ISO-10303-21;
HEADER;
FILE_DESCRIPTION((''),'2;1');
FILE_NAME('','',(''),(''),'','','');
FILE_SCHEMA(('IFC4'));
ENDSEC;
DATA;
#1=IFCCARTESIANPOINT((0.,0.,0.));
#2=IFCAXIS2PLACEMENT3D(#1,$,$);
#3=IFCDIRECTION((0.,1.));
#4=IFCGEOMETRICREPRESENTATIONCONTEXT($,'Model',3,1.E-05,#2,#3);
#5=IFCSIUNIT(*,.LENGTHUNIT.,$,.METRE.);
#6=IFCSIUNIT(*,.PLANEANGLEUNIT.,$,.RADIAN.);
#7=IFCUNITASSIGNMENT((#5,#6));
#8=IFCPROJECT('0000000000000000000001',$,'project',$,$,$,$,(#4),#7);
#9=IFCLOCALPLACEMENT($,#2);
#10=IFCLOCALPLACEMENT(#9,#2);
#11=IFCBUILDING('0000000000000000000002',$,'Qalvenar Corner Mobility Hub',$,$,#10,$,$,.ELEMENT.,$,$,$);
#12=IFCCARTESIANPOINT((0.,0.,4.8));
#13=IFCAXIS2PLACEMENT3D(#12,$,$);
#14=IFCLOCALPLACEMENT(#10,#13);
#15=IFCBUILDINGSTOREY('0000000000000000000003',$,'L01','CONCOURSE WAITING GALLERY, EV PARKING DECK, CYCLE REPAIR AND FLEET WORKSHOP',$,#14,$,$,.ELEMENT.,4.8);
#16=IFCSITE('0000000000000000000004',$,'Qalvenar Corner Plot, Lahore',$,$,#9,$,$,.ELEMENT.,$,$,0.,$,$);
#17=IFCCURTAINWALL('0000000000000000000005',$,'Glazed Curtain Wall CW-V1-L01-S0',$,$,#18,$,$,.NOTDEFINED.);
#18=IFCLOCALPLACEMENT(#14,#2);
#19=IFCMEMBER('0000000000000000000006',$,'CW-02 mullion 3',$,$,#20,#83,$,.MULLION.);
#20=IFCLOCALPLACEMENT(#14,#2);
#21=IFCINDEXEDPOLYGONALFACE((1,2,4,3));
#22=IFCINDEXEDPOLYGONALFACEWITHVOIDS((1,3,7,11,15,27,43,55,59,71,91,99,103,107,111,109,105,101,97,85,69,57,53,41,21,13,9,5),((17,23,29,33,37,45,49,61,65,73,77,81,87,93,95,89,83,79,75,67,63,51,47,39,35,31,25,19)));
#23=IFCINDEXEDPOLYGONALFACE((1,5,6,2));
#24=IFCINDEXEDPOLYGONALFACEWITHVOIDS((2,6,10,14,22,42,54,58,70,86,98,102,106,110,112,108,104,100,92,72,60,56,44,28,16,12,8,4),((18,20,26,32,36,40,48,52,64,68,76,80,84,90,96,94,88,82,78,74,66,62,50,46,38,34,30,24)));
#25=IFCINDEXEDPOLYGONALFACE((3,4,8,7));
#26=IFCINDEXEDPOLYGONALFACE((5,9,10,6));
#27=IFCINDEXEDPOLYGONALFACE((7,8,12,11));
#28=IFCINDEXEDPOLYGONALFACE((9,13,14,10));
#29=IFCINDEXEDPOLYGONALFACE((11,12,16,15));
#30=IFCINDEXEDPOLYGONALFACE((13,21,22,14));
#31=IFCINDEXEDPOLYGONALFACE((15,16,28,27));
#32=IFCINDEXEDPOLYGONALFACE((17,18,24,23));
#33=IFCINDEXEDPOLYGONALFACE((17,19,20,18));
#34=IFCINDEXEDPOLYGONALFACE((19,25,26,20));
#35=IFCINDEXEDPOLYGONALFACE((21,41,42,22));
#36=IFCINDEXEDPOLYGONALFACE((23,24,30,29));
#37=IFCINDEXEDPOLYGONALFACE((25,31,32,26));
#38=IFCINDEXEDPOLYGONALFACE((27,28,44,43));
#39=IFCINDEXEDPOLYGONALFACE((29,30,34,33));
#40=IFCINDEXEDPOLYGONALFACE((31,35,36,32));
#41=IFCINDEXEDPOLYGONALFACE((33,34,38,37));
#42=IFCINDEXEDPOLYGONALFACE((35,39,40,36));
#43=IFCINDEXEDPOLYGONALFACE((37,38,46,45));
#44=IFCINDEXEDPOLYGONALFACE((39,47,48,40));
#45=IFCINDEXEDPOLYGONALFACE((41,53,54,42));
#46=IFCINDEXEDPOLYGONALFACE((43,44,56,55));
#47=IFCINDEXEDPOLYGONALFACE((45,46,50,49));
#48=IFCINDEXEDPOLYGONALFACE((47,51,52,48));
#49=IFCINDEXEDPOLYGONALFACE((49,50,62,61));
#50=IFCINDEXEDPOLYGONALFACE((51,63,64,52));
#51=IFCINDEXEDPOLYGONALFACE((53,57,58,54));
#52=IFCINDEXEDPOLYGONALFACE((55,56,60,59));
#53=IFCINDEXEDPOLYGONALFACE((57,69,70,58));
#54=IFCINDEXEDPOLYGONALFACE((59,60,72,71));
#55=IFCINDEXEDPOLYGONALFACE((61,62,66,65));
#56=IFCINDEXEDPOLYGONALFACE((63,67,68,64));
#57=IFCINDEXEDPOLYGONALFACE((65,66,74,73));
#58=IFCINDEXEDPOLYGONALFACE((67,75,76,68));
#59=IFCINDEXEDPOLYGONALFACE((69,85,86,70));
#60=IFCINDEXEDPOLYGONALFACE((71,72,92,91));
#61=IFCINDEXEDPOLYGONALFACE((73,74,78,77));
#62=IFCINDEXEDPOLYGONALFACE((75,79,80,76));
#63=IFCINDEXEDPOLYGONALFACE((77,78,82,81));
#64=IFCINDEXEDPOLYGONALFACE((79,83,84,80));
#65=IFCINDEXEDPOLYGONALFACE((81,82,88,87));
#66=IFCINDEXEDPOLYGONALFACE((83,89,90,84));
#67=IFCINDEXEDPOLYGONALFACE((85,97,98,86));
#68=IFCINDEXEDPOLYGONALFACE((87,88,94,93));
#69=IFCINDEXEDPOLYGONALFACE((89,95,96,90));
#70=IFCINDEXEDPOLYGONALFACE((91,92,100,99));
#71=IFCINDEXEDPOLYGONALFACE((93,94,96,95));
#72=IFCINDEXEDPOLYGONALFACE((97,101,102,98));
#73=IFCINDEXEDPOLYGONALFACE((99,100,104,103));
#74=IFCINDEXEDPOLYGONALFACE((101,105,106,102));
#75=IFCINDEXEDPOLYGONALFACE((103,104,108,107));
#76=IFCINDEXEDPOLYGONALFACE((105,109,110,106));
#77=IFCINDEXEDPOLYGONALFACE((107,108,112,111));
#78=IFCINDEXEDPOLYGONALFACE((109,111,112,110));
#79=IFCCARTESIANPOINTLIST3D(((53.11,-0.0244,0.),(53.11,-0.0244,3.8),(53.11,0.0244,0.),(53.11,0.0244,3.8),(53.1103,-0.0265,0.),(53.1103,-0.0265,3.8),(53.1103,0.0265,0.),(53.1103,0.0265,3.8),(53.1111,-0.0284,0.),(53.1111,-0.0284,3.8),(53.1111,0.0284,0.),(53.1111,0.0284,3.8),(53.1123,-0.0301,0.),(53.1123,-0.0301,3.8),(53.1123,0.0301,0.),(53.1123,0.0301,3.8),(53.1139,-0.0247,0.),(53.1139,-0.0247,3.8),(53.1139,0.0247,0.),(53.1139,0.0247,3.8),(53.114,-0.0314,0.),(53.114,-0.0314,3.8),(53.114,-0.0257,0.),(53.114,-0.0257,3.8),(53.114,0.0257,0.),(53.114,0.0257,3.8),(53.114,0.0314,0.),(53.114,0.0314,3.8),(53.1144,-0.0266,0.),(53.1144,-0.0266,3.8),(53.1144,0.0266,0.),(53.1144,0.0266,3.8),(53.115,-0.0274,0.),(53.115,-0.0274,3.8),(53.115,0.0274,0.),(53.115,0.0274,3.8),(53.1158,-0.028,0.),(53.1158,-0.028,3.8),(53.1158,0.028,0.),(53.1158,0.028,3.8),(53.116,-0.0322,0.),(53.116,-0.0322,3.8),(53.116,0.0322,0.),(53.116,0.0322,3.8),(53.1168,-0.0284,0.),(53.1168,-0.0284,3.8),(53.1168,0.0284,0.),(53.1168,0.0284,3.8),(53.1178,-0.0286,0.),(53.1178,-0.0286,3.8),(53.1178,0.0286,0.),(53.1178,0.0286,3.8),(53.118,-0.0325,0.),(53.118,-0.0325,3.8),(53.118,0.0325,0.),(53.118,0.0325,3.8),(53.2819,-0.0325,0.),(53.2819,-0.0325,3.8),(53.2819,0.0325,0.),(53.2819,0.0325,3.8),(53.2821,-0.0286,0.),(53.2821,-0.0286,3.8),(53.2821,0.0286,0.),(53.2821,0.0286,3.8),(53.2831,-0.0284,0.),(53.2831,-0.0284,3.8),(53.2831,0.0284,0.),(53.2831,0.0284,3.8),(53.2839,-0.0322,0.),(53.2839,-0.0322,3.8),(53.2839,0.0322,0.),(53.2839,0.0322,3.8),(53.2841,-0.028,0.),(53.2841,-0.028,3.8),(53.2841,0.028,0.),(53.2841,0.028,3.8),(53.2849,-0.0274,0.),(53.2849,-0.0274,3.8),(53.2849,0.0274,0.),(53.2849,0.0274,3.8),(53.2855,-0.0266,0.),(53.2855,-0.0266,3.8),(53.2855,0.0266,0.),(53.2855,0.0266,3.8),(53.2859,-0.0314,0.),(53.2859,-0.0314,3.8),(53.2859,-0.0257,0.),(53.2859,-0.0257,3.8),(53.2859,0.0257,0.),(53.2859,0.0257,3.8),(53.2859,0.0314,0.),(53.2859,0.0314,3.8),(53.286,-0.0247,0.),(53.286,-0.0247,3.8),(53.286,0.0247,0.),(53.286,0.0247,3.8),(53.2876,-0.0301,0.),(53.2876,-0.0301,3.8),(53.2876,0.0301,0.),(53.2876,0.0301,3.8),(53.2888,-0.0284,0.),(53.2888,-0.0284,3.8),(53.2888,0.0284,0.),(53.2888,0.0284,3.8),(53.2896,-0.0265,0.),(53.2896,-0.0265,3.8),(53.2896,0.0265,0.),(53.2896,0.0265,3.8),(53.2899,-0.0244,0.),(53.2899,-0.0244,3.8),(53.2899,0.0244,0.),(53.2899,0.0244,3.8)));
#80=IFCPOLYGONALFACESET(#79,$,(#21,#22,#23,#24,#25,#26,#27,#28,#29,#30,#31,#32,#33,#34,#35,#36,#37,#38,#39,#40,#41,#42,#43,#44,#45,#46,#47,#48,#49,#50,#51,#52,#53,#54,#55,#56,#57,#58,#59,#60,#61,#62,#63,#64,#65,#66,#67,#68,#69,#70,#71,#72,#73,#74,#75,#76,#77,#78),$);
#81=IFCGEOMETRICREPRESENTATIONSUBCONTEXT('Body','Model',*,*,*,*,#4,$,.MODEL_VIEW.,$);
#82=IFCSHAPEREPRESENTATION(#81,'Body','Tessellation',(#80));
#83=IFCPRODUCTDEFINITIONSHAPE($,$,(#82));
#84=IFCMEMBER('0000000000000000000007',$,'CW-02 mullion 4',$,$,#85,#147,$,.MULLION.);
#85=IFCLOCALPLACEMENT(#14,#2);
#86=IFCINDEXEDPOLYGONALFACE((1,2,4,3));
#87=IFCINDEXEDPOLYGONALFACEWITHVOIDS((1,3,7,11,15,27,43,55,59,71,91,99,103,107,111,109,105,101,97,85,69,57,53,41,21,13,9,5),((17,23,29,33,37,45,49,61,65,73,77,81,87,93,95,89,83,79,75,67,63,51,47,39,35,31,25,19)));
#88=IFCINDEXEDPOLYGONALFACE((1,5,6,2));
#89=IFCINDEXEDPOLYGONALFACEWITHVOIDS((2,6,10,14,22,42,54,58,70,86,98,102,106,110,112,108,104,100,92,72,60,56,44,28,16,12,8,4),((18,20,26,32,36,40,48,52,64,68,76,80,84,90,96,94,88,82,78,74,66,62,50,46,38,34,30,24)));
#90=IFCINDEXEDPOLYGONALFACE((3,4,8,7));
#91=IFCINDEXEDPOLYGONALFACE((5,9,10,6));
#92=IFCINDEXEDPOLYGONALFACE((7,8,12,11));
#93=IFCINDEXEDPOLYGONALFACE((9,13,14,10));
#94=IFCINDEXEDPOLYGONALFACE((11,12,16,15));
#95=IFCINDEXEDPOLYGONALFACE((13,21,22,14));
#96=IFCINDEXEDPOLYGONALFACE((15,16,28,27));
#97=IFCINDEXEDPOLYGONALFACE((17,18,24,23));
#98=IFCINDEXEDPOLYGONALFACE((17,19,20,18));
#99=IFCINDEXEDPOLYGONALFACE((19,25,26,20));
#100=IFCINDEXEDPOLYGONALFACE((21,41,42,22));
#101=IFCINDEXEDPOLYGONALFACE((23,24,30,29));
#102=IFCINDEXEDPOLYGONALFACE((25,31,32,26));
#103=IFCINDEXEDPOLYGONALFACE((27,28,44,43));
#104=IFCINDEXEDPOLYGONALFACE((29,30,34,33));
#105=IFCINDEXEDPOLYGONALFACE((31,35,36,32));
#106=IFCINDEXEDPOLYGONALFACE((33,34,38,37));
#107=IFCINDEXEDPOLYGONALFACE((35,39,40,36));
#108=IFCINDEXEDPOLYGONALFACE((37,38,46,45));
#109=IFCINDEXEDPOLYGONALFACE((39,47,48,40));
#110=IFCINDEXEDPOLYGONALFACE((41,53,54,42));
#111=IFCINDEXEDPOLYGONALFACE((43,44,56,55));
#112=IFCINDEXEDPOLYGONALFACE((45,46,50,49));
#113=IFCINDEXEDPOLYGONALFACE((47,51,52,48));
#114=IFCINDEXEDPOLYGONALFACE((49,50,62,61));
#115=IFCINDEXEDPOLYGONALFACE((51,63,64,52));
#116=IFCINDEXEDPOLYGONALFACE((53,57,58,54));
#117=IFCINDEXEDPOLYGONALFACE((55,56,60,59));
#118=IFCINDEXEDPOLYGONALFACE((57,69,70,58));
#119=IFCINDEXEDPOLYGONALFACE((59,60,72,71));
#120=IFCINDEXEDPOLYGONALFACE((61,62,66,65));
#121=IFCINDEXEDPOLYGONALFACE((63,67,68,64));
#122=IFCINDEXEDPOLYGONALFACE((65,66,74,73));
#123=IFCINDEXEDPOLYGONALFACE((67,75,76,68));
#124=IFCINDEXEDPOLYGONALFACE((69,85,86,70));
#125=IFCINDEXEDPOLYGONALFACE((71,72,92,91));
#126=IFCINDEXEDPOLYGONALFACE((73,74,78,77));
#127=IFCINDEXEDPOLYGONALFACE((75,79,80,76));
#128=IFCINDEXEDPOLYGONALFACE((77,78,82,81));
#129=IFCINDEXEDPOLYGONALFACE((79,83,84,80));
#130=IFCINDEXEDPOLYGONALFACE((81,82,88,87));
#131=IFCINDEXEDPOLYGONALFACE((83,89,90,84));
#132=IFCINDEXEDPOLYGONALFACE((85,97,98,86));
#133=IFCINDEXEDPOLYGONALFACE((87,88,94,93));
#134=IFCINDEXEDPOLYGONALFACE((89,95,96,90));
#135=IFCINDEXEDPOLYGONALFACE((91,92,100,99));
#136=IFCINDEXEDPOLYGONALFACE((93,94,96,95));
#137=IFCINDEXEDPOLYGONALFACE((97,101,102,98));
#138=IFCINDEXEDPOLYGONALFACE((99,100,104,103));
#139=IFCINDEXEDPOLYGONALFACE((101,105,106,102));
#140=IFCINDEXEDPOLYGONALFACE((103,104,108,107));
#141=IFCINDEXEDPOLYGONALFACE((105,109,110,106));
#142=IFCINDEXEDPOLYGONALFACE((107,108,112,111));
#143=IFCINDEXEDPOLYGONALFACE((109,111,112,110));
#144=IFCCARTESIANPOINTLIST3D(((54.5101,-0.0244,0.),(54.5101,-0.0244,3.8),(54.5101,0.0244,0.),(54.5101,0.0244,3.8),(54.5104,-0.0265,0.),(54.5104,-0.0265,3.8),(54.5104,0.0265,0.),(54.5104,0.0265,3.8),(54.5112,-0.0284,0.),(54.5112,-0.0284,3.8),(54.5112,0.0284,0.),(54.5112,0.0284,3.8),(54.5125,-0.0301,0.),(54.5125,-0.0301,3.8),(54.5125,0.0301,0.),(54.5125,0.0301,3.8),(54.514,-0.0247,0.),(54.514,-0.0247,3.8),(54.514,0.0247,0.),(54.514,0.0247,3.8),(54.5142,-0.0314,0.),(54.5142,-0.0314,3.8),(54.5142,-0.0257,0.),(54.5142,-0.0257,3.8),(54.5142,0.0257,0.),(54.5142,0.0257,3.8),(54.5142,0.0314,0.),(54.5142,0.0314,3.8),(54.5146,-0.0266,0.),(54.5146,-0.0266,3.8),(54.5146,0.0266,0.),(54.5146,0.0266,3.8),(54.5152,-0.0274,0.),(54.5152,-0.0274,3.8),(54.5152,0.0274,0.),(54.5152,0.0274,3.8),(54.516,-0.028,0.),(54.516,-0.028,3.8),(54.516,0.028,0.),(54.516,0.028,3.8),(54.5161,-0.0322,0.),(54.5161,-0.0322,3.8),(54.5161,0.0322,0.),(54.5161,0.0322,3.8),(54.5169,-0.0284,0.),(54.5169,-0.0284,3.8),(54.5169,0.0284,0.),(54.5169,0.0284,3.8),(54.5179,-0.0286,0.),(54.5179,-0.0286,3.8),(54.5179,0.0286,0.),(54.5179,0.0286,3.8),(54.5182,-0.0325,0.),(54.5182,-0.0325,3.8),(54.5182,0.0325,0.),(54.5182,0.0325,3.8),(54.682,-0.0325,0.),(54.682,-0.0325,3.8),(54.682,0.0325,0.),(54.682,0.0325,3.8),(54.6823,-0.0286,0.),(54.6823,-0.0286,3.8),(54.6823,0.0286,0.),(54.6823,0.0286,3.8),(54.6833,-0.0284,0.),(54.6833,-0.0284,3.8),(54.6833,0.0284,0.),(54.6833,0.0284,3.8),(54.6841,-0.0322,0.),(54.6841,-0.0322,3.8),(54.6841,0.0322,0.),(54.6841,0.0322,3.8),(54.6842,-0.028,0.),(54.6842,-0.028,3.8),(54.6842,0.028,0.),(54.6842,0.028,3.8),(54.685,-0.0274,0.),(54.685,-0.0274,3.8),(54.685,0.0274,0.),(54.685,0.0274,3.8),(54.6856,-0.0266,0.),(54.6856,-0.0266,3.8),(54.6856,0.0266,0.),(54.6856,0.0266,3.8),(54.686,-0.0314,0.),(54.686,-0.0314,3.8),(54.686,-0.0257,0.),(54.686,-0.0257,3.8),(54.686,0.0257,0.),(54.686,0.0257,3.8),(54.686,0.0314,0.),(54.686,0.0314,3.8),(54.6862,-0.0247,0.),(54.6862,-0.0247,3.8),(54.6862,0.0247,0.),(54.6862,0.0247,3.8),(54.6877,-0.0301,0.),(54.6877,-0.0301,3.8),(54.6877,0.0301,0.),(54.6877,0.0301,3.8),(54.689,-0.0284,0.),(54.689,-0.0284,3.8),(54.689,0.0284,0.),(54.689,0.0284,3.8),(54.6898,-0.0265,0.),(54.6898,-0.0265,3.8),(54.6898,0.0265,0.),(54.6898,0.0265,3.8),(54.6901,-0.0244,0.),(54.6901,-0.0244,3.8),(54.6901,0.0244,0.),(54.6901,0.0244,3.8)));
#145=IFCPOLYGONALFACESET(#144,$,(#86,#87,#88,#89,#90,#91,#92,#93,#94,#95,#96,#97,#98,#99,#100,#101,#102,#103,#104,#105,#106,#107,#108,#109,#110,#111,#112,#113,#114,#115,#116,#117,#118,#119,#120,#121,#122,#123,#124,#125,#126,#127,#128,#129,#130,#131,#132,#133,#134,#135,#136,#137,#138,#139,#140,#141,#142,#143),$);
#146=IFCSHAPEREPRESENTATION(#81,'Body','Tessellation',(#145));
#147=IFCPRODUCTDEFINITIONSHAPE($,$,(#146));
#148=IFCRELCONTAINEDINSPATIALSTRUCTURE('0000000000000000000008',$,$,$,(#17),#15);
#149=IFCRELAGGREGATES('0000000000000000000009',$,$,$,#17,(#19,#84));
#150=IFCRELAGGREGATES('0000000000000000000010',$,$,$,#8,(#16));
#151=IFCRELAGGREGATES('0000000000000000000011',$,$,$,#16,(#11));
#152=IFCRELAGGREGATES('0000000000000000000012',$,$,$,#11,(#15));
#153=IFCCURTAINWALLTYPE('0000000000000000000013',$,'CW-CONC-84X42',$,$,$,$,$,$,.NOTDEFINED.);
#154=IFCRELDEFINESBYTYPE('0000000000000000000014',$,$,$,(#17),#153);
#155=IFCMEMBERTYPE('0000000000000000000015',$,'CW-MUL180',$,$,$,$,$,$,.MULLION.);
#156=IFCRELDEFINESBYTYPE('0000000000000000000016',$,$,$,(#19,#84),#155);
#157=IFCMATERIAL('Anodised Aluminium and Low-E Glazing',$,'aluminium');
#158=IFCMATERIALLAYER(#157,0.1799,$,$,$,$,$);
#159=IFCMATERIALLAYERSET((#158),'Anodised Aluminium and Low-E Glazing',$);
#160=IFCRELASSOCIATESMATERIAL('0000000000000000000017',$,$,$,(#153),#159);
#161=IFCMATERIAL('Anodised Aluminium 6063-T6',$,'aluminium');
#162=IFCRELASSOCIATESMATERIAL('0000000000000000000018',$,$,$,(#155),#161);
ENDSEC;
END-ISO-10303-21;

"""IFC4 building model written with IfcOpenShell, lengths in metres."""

from ifc_helpers import new_model, si_unit, direction, frame, origin, origin_2d, place, context, subcontext, project, spatial, hollow_rectangle, extrude, material, layer, layer_set, material_profile, profile_set, type_object, element, aggregate, save


model = new_model("IFC4")

# Units and contexts
model_context = context("Model", 3, precision=1e-05, world=origin(), true_north=direction((0.0, 1.0)))
body_context = subcontext(model_context, "Body", "Model", "MODEL_VIEW")
ifc_project = project(units=[si_unit("LENGTHUNIT", "METRE"), si_unit("PLANEANGLEUNIT", "RADIAN")], contexts=[model_context])

# Site, building, storey
site_placement = place(None, origin())
site = spatial("IfcSite", under=ifc_project, at=site_placement, Name="Qalvenar Corner Plot, Lahore", CompositionType="ELEMENT", RefElevation=0.0)
building_placement = place(site_placement, origin())
building = spatial("IfcBuilding", under=site, at=building_placement, Name="Qalvenar Corner Mobility Hub", CompositionType="ELEMENT")
storey_placement = place(building_placement, frame((0.0, 0.0, 4.8)))
storey = spatial("IfcBuildingStorey", under=building, at=storey_placement, Name="L01", Description="CONCOURSE WAITING GALLERY, EV PARKING DECK, CYCLE REPAIR AND FLEET WORKSHOP", CompositionType="ELEMENT", Elevation=4.8)

# Curtain wall, members
ifc_material_1 = material(Name="Anodised Aluminium and Low-E Glazing", Category="aluminium")
ifc_layer_1 = layer(ifc_material_1, 0.1799)
ifc_layer_set_1 = layer_set([ifc_layer_1], Name="Anodised Aluminium and Low-E Glazing")
curtain_wall_type = type_object("IfcCurtainWallType", Name="CW-CONC-84X42", PredefinedType="NOTDEFINED", material=ifc_layer_set_1)
curtain_wall_placement = place(storey_placement, origin())
curtain_wall = element("IfcCurtainWall", 1, at=curtain_wall_placement, inside=storey, type_object=curtain_wall_type, Name="Glazed Curtain Wall CW-V1-L01-S0", PredefinedType="NOTDEFINED")
ifc_material_2 = material(Name="Anodised Aluminium 6063-T6", Category="aluminium")
ifc_material_profile_1 = material_profile(ifc_material_2, hollow_rectangle(XDim=0.0649, YDim=0.1799, WallThickness=0.0039, InnerFilletRadius=0.0039, OuterFilletRadius=0.0081, at=origin_2d()), Name="RHS180x65x4")
ifc_profile_set_1 = profile_set([ifc_material_profile_1], Name="Anodised Aluminium 6063-T6")
member_type_1 = type_object("IfcMemberType", Name="CW-MUL180", PredefinedType="MULLION", material=ifc_profile_set_1)
member_1_placement = place(storey_placement, frame((53.2, 0.0, 0.0), z_axis=(0.0, 0.0, 1.0), x_axis=(0.0, 1.0, 0.0)))
member_1 = element("IfcMember", 2, at=member_1_placement, type_object=member_type_1, Name="CW-02 mullion 3", PredefinedType="MULLION", context=body_context, shape_type="SweptSolid", body=[
    extrude(hollow_rectangle(XDim=0.0649, YDim=0.1799, WallThickness=0.0039, InnerFilletRadius=0.0039, OuterFilletRadius=0.0081, at=origin_2d()), origin(), (0.0, 0.0, 1.0), 3.8),
])
member_2_placement = place(storey_placement, frame((54.6001, 0.0, 0.0), z_axis=(0.0, 0.0, 1.0), x_axis=(0.0, 1.0, 0.0)))
member_2 = element("IfcMember", 3, at=member_2_placement, type_object=member_type_1, Name="CW-02 mullion 4", PredefinedType="MULLION", context=body_context, shape_type="SweptSolid", body=[
    extrude(hollow_rectangle(XDim=0.0649, YDim=0.1799, WallThickness=0.0039, InnerFilletRadius=0.0039, OuterFilletRadius=0.0081, at=origin_2d()), origin(), (0.0, 0.0, 1.0), 3.8),
])
aggregate(curtain_wall, [member_1, member_2])

save(model, "model.ifc")
